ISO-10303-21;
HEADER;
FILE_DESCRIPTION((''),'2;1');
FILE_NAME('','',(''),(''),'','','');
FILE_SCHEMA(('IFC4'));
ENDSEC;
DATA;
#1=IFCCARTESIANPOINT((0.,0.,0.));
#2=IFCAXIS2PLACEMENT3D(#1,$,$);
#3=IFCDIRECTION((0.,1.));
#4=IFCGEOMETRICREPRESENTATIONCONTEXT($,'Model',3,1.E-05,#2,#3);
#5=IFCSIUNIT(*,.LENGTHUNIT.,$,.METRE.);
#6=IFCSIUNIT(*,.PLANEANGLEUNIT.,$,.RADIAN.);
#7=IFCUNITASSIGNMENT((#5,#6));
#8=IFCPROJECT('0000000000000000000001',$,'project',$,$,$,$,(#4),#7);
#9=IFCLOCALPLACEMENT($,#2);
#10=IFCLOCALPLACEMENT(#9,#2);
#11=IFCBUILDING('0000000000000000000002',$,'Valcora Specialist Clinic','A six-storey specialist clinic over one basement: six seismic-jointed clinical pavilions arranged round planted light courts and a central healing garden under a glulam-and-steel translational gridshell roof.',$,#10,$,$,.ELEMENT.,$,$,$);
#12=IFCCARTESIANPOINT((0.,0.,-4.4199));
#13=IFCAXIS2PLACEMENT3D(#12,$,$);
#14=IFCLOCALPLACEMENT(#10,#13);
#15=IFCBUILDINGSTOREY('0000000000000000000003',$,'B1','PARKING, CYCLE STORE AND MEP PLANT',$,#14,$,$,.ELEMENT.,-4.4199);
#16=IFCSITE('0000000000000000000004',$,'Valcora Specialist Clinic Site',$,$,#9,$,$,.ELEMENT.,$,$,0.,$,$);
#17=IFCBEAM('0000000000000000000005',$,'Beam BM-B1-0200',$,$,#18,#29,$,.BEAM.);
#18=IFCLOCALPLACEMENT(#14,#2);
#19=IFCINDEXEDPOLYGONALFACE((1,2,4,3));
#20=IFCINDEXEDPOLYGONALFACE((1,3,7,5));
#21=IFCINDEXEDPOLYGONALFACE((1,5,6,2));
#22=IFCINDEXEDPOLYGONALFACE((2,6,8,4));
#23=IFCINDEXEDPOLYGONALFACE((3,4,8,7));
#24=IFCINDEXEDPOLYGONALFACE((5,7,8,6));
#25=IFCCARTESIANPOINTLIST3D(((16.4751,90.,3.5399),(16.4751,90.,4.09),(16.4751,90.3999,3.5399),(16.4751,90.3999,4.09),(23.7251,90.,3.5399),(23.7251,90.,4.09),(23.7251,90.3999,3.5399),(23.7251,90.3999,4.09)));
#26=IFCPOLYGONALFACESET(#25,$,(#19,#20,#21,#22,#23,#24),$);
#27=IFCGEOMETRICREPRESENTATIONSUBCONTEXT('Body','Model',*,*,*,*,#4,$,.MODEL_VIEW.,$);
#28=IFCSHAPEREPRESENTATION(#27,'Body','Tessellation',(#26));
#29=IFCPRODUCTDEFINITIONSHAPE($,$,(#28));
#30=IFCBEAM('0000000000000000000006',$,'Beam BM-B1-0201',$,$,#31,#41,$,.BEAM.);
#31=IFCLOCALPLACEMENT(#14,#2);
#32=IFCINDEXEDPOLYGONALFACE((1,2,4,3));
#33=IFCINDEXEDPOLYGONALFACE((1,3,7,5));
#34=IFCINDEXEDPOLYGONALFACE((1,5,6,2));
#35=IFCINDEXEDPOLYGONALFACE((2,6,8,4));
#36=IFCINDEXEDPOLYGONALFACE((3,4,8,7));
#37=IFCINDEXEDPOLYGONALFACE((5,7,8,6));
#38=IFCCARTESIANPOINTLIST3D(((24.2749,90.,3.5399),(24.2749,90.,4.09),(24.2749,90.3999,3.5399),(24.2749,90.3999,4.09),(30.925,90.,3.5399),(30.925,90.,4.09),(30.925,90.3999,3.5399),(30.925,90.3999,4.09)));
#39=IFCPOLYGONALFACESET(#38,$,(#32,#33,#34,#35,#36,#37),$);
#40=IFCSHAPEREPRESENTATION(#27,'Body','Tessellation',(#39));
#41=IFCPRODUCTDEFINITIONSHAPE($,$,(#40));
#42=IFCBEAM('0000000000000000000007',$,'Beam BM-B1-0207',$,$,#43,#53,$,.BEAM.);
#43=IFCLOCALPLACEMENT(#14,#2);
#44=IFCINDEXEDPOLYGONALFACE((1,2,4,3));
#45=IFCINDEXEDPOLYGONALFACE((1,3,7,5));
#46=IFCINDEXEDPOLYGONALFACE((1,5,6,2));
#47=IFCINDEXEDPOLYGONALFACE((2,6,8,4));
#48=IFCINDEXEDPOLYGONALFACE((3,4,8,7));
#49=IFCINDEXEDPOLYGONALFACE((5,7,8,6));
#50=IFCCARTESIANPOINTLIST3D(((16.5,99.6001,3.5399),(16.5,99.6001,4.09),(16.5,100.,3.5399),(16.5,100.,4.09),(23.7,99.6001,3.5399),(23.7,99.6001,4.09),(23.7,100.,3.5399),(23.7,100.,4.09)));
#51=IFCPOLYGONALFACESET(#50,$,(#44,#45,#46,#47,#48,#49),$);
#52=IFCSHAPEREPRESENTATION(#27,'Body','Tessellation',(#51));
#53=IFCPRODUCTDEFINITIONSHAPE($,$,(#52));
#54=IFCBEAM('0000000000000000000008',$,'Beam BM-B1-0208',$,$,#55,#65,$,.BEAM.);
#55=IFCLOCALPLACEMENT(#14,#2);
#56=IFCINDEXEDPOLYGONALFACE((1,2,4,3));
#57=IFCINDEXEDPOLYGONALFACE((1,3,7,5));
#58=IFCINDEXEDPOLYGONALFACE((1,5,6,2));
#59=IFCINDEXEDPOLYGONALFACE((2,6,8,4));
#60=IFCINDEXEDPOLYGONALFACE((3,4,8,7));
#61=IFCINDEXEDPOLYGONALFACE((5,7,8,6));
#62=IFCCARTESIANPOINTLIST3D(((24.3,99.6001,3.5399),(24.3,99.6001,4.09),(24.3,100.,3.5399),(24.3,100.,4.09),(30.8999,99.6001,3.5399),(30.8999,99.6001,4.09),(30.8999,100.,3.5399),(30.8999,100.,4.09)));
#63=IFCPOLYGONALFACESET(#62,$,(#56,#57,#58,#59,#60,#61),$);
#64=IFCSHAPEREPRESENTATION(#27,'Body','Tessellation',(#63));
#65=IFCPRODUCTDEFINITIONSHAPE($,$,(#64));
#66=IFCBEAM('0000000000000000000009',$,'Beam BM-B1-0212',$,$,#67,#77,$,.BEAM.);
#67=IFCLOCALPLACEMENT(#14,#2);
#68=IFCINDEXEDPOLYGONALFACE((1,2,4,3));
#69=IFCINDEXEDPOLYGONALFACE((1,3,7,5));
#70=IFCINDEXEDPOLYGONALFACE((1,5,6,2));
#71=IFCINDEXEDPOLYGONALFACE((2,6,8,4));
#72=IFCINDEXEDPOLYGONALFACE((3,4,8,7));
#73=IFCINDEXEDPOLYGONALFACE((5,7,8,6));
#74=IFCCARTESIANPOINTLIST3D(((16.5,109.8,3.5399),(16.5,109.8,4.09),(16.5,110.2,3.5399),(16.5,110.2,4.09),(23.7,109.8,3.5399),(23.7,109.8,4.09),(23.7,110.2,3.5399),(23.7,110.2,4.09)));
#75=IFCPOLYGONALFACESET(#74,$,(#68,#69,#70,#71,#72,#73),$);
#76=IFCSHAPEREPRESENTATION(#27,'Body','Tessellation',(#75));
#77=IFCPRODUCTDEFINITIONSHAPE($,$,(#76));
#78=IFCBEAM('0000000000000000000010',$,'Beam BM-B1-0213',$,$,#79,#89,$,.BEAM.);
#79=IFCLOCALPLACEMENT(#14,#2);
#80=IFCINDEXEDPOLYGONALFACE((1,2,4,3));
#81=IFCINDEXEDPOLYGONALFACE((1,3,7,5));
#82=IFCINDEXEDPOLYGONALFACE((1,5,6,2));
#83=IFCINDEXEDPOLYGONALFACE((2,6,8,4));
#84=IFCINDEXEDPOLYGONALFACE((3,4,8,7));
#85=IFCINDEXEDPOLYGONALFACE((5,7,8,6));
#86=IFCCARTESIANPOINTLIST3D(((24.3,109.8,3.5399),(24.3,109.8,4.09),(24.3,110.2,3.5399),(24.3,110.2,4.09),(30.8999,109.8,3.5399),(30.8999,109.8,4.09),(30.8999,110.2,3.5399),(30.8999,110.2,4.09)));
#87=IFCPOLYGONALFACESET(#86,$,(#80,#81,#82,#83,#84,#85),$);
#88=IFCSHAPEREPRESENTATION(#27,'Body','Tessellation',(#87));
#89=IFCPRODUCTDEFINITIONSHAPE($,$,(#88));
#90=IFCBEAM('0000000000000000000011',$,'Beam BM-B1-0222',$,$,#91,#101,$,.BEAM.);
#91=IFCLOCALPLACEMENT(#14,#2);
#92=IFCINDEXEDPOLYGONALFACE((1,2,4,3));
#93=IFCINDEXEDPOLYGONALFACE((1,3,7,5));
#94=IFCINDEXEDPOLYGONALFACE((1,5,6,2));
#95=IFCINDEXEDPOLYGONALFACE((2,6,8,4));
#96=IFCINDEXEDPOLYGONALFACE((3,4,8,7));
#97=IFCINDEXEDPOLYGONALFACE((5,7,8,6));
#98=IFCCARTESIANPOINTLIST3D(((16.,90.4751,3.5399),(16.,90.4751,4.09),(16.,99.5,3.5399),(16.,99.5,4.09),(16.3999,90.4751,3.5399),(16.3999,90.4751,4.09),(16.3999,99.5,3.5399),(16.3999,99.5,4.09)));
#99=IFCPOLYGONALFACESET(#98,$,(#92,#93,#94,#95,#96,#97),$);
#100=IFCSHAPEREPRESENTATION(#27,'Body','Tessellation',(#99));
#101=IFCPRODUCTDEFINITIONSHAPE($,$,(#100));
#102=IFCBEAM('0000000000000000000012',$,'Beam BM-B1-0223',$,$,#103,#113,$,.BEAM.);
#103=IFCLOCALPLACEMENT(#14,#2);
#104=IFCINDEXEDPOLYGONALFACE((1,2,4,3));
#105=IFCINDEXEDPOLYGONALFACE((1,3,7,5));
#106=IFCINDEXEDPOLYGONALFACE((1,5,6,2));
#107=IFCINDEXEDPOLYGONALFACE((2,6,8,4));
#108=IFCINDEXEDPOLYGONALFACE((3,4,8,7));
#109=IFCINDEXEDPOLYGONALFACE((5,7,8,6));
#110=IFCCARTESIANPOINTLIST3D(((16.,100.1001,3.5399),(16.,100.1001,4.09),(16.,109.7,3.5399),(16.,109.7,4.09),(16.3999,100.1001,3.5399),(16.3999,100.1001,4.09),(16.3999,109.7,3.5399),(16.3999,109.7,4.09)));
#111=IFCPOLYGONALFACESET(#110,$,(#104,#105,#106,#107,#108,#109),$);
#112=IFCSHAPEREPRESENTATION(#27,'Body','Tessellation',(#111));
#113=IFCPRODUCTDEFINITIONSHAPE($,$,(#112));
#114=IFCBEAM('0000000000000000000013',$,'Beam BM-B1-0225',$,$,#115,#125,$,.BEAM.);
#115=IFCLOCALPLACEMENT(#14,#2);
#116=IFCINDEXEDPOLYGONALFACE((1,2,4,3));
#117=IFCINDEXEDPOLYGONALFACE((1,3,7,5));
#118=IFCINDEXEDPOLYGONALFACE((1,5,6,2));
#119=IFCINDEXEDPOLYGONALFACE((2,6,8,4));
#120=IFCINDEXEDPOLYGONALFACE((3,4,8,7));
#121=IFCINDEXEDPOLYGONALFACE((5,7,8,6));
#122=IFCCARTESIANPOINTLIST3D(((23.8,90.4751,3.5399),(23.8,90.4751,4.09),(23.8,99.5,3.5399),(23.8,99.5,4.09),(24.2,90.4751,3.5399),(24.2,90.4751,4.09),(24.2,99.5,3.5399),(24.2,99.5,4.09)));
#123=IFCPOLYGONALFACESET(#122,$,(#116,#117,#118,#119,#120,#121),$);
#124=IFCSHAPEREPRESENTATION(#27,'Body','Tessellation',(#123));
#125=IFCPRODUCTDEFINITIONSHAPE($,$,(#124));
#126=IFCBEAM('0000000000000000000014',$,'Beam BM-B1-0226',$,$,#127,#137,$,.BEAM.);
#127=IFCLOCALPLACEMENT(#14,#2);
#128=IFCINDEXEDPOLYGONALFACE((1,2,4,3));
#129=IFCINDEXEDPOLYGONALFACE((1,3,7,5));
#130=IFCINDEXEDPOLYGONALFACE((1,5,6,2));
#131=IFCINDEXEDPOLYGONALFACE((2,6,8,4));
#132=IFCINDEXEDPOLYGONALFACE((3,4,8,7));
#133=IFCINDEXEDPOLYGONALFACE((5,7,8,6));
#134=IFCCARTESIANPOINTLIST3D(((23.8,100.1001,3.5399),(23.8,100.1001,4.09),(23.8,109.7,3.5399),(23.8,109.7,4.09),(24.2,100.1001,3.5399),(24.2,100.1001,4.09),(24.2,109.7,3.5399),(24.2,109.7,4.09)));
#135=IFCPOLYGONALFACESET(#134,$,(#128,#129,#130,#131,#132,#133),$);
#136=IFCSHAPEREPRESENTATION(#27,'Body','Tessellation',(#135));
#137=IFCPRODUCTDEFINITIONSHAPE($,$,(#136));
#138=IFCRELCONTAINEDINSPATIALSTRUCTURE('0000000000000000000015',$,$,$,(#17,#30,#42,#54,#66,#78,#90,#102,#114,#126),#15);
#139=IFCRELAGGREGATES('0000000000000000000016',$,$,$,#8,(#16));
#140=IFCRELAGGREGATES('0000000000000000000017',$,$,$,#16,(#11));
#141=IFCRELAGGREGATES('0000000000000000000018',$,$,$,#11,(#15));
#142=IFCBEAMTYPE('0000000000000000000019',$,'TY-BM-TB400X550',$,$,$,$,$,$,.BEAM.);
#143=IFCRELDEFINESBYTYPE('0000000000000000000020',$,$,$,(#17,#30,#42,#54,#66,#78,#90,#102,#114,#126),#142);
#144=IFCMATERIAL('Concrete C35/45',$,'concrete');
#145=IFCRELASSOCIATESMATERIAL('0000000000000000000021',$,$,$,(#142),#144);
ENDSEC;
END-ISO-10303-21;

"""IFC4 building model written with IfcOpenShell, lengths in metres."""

from ifc_helpers import new_model, si_unit, direction, frame, origin, origin_2d, place, context, subcontext, project, spatial, rectangle, extrude, material, material_profile, profile_set, type_object, element, save


model = new_model("IFC4")

# Units and contexts
model_context = context("Model", 3, precision=1e-05, world=origin(), true_north=direction((0.0, 1.0)))
body_context = subcontext(model_context, "Body", "Model", "MODEL_VIEW")
ifc_project = project(units=[si_unit("LENGTHUNIT", "METRE"), si_unit("PLANEANGLEUNIT", "RADIAN")], contexts=[model_context])

# Site, building, storey
site_placement = place(None, origin())
site = spatial("IfcSite", under=ifc_project, at=site_placement, Name="Valcora Specialist Clinic Site", CompositionType="ELEMENT", RefElevation=0.0)
building_placement = place(site_placement, origin())
building = spatial("IfcBuilding", under=site, at=building_placement, Name="Valcora Specialist Clinic", Description="A six-storey specialist clinic over one basement: six seismic-jointed clinical pavilions arranged round planted light courts and a central healing garden under a glulam-and-steel translational gridshell roof.", CompositionType="ELEMENT")
storey_placement = place(building_placement, frame((0.0, 0.0, -4.4199)))
storey = spatial("IfcBuildingStorey", under=building, at=storey_placement, Name="B1", Description="PARKING, CYCLE STORE AND MEP PLANT", CompositionType="ELEMENT", Elevation=-4.4199)

# Shared definitions
ifc_material_1 = material(Name="Concrete C35/45", Category="concrete")

# Beams
ifc_material_profile_1 = material_profile(ifc_material_1, rectangle(XDim=0.3999, YDim=0.55, at=origin_2d()), Name="RC-TB-400X550")
ifc_profile_set_1 = profile_set([ifc_material_profile_1], Name="Concrete C35/45")
beam_type = type_object("IfcBeamType", Name="TY-BM-TB400X550", PredefinedType="BEAM", material=ifc_profile_set_1)
beam_1_placement = place(storey_placement, frame((16.4751, 90.2, 3.8149), z_axis=(1.0, 0.0, 0.0), x_axis=(0.0, 1.0, 0.0)))
element("IfcBeam", 1, at=beam_1_placement, inside=storey, type_object=beam_type, Name="Beam BM-B1-0200", PredefinedType="BEAM", context=body_context, shape_type="SweptSolid", body=[
    extrude(rectangle(XDim=0.3999, YDim=0.55, at=origin_2d()), origin(), (0.0, 0.0, 1.0), 7.25),
])
beam_2_placement = place(storey_placement, frame((24.2749, 90.2, 3.8149), z_axis=(1.0, 0.0, 0.0), x_axis=(0.0, 1.0, 0.0)))
element("IfcBeam", 2, at=beam_2_placement, inside=storey, type_object=beam_type, Name="Beam BM-B1-0201", PredefinedType="BEAM", context=body_context, shape_type="SweptSolid", body=[
    extrude(rectangle(XDim=0.3999, YDim=0.55, at=origin_2d()), origin(), (0.0, 0.0, 1.0), 6.6501),
])
beam_3_placement = place(storey_placement, frame((16.5, 99.8, 3.8149), z_axis=(1.0, 0.0, 0.0), x_axis=(0.0, 1.0, 0.0)))
element("IfcBeam", 3, at=beam_3_placement, inside=storey, type_object=beam_type, Name="Beam BM-B1-0207", PredefinedType="BEAM", context=body_context, shape_type="SweptSolid", body=[
    extrude(rectangle(XDim=0.3999, YDim=0.55, at=origin_2d()), origin(), (0.0, 0.0, 1.0), 7.2),
])
beam_4_placement = place(storey_placement, frame((24.3, 99.8, 3.8149), z_axis=(1.0, 0.0, 0.0), x_axis=(0.0, 1.0, 0.0)))
element("IfcBeam", 4, at=beam_4_placement, inside=storey, type_object=beam_type, Name="Beam BM-B1-0208", PredefinedType="BEAM", context=body_context, shape_type="SweptSolid", body=[
    extrude(rectangle(XDim=0.3999, YDim=0.55, at=origin_2d()), origin(), (0.0, 0.0, 1.0), 6.5999),
])
beam_5_placement = place(storey_placement, frame((16.5, 110.0, 3.8149), z_axis=(1.0, 0.0, 0.0), x_axis=(0.0, 1.0, 0.0)))
element("IfcBeam", 5, at=beam_5_placement, inside=storey, type_object=beam_type, Name="Beam BM-B1-0212", PredefinedType="BEAM", context=body_context, shape_type="SweptSolid", body=[
    extrude(rectangle(XDim=0.3999, YDim=0.55, at=origin_2d()), origin(), (0.0, 0.0, 1.0), 7.2),
])
beam_6_placement = place(storey_placement, frame((24.3, 110.0, 3.8149), z_axis=(1.0, 0.0, 0.0), x_axis=(0.0, 1.0, 0.0)))
element("IfcBeam", 6, at=beam_6_placement, inside=storey, type_object=beam_type, Name="Beam BM-B1-0213", PredefinedType="BEAM", context=body_context, shape_type="SweptSolid", body=[
    extrude(rectangle(XDim=0.3999, YDim=0.55, at=origin_2d()), origin(), (0.0, 0.0, 1.0), 6.5999),
])
beam_7_placement = place(storey_placement, frame((16.2, 90.4751, 3.8149), z_axis=(0.0, 1.0, 0.0), x_axis=(-1.0, 0.0, 0.0)))
element("IfcBeam", 7, at=beam_7_placement, inside=storey, type_object=beam_type, Name="Beam BM-B1-0222", PredefinedType="BEAM", context=body_context, shape_type="SweptSolid", body=[
    extrude(rectangle(XDim=0.3999, YDim=0.55, at=origin_2d()), origin(), (0.0, 0.0, 1.0), 9.0249),
])
beam_8_placement = place(storey_placement, frame((16.2, 100.1001, 3.8149), z_axis=(0.0, 1.0, 0.0), x_axis=(-1.0, 0.0, 0.0)))
element("IfcBeam", 8, at=beam_8_placement, inside=storey, type_object=beam_type, Name="Beam BM-B1-0223", PredefinedType="BEAM", context=body_context, shape_type="SweptSolid", body=[
    extrude(rectangle(XDim=0.3999, YDim=0.55, at=origin_2d()), origin(), (0.0, 0.0, 1.0), 9.5999),
])
beam_9_placement = place(storey_placement, frame((24.0, 90.4751, 3.8149), z_axis=(0.0, 1.0, 0.0), x_axis=(-1.0, 0.0, 0.0)))
element("IfcBeam", 9, at=beam_9_placement, inside=storey, type_object=beam_type, Name="Beam BM-B1-0225", PredefinedType="BEAM", context=body_context, shape_type="SweptSolid", body=[
    extrude(rectangle(XDim=0.3999, YDim=0.55, at=origin_2d()), origin(), (0.0, 0.0, 1.0), 9.0249),
])
beam_10_placement = place(storey_placement, frame((24.0, 100.1001, 3.8149), z_axis=(0.0, 1.0, 0.0), x_axis=(-1.0, 0.0, 0.0)))
element("IfcBeam", 10, at=beam_10_placement, inside=storey, type_object=beam_type, Name="Beam BM-B1-0226", PredefinedType="BEAM", context=body_context, shape_type="SweptSolid", body=[
    extrude(rectangle(XDim=0.3999, YDim=0.55, at=origin_2d()), origin(), (0.0, 0.0, 1.0), 9.5999),
])

save(model, "model.ifc")
